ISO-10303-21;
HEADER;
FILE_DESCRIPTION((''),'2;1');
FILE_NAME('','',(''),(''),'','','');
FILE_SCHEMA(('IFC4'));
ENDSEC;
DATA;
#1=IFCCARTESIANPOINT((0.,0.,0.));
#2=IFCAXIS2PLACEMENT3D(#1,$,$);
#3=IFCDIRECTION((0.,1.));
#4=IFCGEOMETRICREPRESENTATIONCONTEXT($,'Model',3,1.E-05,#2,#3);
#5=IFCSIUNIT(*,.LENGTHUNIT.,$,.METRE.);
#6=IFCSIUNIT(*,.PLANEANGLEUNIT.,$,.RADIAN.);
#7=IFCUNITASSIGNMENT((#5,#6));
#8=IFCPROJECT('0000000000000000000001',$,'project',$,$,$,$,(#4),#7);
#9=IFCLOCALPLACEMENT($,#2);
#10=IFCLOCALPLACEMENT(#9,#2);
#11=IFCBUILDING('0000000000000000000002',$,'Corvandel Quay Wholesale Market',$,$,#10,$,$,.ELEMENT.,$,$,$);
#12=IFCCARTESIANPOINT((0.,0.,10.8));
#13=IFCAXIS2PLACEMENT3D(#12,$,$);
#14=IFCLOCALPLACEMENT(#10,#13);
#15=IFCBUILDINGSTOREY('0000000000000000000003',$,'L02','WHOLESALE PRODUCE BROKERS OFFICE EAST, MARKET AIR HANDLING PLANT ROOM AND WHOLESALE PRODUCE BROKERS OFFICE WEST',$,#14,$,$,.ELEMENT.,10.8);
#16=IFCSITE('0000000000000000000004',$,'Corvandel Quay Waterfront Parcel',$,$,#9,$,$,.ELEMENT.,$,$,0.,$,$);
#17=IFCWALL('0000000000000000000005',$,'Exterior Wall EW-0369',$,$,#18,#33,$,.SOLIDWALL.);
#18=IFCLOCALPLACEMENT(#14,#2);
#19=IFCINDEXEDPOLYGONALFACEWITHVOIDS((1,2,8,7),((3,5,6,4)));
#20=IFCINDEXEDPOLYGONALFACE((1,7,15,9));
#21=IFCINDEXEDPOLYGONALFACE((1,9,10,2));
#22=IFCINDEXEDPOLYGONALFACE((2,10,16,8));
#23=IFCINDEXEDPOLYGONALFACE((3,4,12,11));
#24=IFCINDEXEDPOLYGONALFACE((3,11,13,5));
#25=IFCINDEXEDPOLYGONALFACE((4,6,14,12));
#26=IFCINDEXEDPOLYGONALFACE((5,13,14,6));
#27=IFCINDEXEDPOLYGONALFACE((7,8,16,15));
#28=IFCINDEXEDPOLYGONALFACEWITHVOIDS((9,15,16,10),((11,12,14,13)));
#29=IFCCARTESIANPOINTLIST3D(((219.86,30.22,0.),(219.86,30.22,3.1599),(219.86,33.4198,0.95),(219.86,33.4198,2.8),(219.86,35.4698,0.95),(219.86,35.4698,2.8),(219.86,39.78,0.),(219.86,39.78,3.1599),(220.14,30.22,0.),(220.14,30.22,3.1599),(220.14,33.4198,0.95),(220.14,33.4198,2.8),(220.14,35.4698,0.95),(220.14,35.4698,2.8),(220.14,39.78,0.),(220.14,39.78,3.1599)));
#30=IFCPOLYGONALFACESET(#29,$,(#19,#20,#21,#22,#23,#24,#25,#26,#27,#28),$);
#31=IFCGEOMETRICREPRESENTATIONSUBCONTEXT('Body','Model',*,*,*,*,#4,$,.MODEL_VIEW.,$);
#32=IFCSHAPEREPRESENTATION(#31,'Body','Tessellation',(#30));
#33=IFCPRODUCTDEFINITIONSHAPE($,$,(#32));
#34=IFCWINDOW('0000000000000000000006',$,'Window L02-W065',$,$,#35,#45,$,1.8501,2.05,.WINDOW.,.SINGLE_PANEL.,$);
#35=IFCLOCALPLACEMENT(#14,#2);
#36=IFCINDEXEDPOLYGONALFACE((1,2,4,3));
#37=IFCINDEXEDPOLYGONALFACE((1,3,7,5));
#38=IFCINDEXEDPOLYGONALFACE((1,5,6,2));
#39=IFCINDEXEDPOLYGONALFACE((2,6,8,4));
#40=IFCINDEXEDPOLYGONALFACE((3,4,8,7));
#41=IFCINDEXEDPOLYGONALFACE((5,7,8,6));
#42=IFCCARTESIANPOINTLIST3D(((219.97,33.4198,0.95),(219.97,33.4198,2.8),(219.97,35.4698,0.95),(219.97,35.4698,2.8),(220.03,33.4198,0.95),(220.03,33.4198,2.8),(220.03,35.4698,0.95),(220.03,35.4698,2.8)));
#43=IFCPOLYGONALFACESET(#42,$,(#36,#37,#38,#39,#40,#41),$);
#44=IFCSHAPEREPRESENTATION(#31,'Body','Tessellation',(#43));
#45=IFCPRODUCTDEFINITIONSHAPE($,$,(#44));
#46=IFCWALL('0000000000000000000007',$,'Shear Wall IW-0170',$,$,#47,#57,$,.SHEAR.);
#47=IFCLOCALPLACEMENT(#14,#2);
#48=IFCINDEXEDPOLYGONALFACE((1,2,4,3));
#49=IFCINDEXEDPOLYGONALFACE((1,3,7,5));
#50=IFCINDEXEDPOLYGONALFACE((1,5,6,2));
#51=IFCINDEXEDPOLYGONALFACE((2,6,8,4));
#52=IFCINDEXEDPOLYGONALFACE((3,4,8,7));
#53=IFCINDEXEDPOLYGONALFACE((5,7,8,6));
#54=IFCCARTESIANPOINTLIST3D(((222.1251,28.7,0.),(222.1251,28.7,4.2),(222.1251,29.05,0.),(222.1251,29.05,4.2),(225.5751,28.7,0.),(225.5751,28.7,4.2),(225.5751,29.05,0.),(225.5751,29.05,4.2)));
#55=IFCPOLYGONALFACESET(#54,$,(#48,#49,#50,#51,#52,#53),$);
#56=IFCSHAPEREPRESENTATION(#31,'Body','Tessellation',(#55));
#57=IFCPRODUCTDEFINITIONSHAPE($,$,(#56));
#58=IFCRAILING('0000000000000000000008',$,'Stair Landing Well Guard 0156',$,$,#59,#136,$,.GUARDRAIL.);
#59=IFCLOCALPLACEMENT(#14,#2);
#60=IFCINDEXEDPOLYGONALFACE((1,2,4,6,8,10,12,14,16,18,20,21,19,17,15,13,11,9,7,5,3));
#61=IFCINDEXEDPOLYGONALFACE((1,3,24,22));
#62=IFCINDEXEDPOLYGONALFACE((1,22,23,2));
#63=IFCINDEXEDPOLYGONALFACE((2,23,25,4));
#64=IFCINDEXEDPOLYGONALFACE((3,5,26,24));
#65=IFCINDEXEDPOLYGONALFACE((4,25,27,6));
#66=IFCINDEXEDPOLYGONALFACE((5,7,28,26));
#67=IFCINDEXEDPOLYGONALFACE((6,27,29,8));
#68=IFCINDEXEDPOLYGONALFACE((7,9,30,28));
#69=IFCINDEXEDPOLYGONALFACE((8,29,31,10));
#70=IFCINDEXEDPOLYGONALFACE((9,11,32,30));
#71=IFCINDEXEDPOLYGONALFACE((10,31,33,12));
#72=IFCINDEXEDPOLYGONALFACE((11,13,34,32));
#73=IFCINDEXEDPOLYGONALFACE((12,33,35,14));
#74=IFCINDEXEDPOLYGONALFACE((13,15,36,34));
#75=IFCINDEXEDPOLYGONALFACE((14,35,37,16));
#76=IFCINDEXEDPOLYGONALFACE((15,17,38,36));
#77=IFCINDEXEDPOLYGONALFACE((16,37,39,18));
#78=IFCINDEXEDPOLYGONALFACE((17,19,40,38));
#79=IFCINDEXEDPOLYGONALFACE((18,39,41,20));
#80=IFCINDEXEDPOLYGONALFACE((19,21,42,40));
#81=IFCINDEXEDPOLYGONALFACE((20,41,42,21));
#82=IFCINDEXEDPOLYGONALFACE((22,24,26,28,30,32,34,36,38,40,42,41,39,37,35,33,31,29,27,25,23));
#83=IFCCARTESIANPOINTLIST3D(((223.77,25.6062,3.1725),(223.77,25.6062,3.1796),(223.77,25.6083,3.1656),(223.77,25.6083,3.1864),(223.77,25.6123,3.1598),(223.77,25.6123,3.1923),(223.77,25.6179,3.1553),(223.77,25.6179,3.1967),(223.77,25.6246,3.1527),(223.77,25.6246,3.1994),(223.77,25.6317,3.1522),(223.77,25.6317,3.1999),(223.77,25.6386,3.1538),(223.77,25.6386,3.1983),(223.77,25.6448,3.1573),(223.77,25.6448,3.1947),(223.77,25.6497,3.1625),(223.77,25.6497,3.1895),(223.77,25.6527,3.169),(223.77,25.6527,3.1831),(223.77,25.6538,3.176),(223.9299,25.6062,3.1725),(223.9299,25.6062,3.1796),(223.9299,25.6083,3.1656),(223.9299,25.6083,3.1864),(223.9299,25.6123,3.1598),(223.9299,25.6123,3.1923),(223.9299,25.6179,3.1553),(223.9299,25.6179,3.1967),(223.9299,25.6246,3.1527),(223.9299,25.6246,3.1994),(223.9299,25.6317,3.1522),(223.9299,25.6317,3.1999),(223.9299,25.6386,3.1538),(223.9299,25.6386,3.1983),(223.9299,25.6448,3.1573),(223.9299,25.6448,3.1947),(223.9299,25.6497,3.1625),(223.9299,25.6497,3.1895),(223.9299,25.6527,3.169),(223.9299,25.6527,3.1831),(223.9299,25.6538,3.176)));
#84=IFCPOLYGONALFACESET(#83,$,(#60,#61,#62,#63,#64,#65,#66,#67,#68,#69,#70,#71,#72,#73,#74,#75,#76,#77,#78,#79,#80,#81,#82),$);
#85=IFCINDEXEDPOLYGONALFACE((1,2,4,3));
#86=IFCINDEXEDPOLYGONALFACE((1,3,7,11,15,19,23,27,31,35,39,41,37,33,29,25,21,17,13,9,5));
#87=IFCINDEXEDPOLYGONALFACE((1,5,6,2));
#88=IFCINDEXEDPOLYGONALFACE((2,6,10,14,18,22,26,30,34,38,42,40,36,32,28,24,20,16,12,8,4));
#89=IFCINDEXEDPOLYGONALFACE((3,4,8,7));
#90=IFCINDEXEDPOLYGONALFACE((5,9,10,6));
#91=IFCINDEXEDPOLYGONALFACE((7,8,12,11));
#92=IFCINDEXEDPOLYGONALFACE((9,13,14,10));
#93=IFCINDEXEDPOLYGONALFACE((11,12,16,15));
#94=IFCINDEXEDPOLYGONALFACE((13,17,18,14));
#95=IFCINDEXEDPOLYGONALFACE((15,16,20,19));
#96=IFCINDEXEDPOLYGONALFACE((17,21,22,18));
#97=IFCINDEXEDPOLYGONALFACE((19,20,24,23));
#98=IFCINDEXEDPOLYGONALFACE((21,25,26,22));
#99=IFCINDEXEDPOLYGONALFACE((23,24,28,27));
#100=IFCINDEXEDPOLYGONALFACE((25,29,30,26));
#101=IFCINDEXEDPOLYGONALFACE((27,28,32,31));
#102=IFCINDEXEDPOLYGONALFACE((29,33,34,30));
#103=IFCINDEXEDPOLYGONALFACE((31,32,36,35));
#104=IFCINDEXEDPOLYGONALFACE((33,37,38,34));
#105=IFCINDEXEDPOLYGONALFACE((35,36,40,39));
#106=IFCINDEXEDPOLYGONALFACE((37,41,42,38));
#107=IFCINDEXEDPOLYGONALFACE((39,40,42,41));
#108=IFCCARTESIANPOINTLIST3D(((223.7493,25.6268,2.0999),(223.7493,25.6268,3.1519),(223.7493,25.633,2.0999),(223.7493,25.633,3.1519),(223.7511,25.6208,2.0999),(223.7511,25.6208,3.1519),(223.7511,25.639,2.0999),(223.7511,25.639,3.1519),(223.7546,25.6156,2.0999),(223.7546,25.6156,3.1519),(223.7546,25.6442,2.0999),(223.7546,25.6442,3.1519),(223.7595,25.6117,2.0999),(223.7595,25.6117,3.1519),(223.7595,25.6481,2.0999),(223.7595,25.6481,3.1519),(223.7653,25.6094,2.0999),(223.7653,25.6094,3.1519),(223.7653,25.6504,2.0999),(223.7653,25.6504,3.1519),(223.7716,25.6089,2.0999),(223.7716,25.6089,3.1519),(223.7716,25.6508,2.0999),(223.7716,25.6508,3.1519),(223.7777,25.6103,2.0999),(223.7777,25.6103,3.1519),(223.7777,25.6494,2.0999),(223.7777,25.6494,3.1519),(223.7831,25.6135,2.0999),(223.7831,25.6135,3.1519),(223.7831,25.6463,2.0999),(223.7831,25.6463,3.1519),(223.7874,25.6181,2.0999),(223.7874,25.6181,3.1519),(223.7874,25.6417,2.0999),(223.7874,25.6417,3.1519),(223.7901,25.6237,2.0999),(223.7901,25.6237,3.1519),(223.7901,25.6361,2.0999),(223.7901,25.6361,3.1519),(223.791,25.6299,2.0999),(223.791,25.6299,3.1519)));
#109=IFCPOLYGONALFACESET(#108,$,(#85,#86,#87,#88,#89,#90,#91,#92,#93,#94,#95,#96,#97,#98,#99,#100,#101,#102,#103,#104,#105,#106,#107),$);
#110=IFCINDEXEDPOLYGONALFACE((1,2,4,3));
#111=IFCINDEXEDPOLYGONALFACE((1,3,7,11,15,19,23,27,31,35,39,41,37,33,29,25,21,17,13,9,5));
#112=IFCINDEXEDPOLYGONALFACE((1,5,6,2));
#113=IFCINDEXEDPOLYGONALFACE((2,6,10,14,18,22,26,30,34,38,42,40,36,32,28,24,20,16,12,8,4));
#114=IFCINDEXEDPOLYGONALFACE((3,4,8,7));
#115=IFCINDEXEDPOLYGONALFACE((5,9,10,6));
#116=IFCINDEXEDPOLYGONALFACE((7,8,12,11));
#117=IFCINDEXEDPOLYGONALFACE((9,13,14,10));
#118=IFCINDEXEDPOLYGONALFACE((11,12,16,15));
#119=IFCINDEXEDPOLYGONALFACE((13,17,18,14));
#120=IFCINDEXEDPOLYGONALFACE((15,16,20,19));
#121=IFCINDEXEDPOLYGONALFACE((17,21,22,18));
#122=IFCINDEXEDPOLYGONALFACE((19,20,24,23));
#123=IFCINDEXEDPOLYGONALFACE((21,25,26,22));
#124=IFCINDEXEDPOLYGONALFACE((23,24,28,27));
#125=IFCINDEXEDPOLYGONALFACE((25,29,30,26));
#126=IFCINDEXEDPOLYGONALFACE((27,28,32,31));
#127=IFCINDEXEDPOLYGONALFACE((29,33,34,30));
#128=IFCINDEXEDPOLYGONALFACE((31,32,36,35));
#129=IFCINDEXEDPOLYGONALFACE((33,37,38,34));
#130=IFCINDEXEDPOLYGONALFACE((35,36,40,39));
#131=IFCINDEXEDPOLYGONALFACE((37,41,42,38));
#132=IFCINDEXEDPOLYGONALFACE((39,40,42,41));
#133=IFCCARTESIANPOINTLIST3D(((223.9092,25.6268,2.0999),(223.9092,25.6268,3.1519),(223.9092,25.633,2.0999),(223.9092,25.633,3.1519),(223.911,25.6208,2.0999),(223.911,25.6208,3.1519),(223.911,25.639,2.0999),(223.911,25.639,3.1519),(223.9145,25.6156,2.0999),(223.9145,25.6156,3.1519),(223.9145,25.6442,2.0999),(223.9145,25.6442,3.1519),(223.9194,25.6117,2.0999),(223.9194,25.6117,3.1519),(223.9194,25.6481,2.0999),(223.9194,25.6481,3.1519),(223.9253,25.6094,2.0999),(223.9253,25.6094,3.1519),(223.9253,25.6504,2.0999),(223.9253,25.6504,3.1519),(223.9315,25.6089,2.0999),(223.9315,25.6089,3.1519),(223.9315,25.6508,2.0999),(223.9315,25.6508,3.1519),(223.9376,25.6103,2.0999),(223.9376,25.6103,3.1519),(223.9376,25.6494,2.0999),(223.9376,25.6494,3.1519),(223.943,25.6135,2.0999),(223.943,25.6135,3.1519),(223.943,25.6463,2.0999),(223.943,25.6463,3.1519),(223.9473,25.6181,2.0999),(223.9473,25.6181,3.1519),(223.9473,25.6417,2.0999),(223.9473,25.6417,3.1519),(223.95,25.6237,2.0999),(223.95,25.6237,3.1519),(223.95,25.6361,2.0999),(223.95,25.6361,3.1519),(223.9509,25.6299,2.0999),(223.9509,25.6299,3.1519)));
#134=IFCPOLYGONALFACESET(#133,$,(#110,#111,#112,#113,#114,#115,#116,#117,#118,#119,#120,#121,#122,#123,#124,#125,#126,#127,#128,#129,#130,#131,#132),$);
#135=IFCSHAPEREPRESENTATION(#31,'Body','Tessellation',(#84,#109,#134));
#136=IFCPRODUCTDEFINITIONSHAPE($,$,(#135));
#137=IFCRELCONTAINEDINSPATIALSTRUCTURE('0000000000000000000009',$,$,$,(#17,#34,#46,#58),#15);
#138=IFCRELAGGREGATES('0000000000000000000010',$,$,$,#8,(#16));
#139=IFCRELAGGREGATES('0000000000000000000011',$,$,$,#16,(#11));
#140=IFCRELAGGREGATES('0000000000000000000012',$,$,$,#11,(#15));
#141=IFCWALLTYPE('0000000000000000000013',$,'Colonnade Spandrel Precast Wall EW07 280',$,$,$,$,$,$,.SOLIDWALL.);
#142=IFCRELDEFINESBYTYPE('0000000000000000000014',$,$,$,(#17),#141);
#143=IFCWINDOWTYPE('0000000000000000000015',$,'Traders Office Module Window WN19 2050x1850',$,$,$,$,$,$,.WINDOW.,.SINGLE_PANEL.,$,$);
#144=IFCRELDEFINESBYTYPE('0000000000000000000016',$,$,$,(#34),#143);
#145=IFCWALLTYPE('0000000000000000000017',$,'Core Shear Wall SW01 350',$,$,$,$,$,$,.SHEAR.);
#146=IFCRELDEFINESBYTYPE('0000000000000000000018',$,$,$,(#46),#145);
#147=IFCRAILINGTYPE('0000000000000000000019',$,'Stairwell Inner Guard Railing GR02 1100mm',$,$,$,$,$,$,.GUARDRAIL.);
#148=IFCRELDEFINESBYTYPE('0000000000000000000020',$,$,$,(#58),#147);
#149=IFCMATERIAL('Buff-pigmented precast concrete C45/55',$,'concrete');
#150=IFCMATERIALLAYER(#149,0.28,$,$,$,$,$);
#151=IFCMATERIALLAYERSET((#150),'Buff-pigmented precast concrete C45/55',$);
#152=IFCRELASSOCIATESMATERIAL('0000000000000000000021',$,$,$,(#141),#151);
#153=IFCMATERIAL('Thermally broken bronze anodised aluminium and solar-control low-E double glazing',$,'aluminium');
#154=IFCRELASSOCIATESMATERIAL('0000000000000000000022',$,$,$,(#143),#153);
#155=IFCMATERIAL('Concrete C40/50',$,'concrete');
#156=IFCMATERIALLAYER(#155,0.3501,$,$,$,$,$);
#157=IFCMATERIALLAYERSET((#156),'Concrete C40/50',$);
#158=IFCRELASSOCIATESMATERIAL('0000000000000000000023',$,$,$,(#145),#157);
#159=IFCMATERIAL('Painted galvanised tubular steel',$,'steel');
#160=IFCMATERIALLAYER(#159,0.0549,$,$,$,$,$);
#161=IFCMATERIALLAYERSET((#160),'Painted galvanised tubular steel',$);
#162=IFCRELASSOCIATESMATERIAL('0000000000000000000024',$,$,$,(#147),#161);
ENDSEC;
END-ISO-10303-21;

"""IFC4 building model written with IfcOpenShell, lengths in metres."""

from ifc_helpers import new_model, si_unit, direction, frame, frame_2d, origin, origin_2d, place, context, subcontext, project, spatial, rectangle, circle, extrude, material, layer, layer_set, type_object, element, fill, save


model = new_model("IFC4")

# Units and contexts
model_context = context("Model", 3, precision=1e-05, world=origin(), true_north=direction((0.0, 1.0)))
body_context = subcontext(model_context, "Body", "Model", "MODEL_VIEW")
ifc_project = project(units=[si_unit("LENGTHUNIT", "METRE"), si_unit("PLANEANGLEUNIT", "RADIAN")], contexts=[model_context])

# Site, building, storey
site_placement = place(None, origin())
site = spatial("IfcSite", under=ifc_project, at=site_placement, Name="Corvandel Quay Waterfront Parcel", CompositionType="ELEMENT", RefElevation=0.0)
building_placement = place(site_placement, origin())
building = spatial("IfcBuilding", under=site, at=building_placement, Name="Corvandel Quay Wholesale Market", CompositionType="ELEMENT")
storey_placement = place(building_placement, frame((0.0, 0.0, 10.8)))
storey = spatial("IfcBuildingStorey", under=building, at=storey_placement, Name="L02", Description="WHOLESALE PRODUCE BROKERS OFFICE EAST, MARKET AIR HANDLING PLANT ROOM AND WHOLESALE PRODUCE BROKERS OFFICE WEST", CompositionType="ELEMENT", Elevation=10.8)

# Wall, opening, window
ifc_material_1 = material(Name="Buff-pigmented precast concrete C45/55", Category="concrete")
ifc_layer_1 = layer(ifc_material_1, 0.28)
ifc_layer_set_1 = layer_set([ifc_layer_1], Name="Buff-pigmented precast concrete C45/55")
wall_type_1 = type_object("IfcWallType", Name="Colonnade Spandrel Precast Wall EW07 280", PredefinedType="SOLIDWALL", material=ifc_layer_set_1)
wall_1_placement = place(storey_placement, frame((220.0, 30.22, 0.0), z_axis=(0.0, 0.0, 1.0), x_axis=(0.0, 1.0, 0.0)))
wall_1 = element("IfcWall", 1, at=wall_1_placement, inside=storey, type_object=wall_type_1, Name="Exterior Wall EW-0369", PredefinedType="SOLIDWALL", context=body_context, shape_type="SweptSolid", body=[
    extrude(rectangle(XDim=9.5601, YDim=0.28, at=frame_2d((4.78, 0.0))), origin(), (0.0, 0.0, 1.0), 3.1599),
])
opening_placement = place(wall_1_placement, frame((3.2, 0.0, 0.95)))
opening = element("IfcOpeningElement", 2, at=opening_placement, cuts=wall_1, PredefinedType="OPENING", context=body_context, shape_type="SweptSolid", body=[
    extrude(rectangle(XDim=2.05, YDim=1.8501, at=frame_2d((1.0249, 0.925))), frame((0.0, 0.1499, 0.0), z_axis=(0.0, -1.0, 0.0), x_axis=(1.0, 0.0, 0.0)), (0.0, 0.0, 1.0), 0.3),
])
ifc_material_2 = material(Name="Thermally broken bronze anodised aluminium and solar-control low-E double glazing", Category="aluminium")
window_type = type_object("IfcWindowType", Name="Traders Office Module Window WN19 2050x1850", PartitioningType="SINGLE_PANEL", PredefinedType="WINDOW", material=ifc_material_2)
window_placement = place(opening_placement, origin())
window = element("IfcWindow", 3, at=window_placement, inside=storey, type_object=window_type, Name="Window L02-W065", OverallHeight=1.8501, OverallWidth=2.05, PartitioningType="SINGLE_PANEL", PredefinedType="WINDOW", context=body_context, shape_type="SweptSolid", body=[
    extrude(rectangle(XDim=2.05, YDim=1.8501, at=frame_2d((1.0249, 0.925))), frame((0.0, 0.03, 0.0), z_axis=(0.0, -1.0, 0.0), x_axis=(1.0, 0.0, 0.0)), (0.0, 0.0, 1.0), 0.0601),
])
fill(opening, window)

# Wall
ifc_material_3 = material(Name="Concrete C40/50", Category="concrete")
ifc_layer_2 = layer(ifc_material_3, 0.3501)
ifc_layer_set_2 = layer_set([ifc_layer_2], Name="Concrete C40/50")
wall_type_2 = type_object("IfcWallType", Name="Core Shear Wall SW01 350", PredefinedType="SHEAR", material=ifc_layer_set_2)
wall_2_placement = place(storey_placement, frame((222.125, 28.875, 0.0), z_axis=(0.0, 0.0, 1.0), x_axis=(1.0, 0.0, 0.0)))
element("IfcWall", 4, at=wall_2_placement, inside=storey, type_object=wall_type_2, Name="Shear Wall IW-0170", PredefinedType="SHEAR", context=body_context, shape_type="SweptSolid", body=[
    extrude(rectangle(XDim=3.45, YDim=0.3501, at=frame_2d((1.7251, 0.0))), origin(), (0.0, 0.0, 1.0), 4.2),
])

# Railing
ifc_material_4 = material(Name="Painted galvanised tubular steel", Category="steel")
ifc_layer_3 = layer(ifc_material_4, 0.0549)
ifc_layer_set_3 = layer_set([ifc_layer_3], Name="Painted galvanised tubular steel")
railing_type = type_object("IfcRailingType", Name="Stairwell Inner Guard Railing GR02 1100mm", PredefinedType="GUARDRAIL", material=ifc_layer_set_3)
railing_placement = place(storey_placement, frame((223.77, 25.6299, 2.0999)))
element("IfcRailing", 5, at=railing_placement, inside=storey, type_object=railing_type, Name="Stair Landing Well Guard 0156", PredefinedType="GUARDRAIL", context=body_context, shape_type="SweptSolid", body=[
    extrude(circle(Radius=0.0239, at=origin_2d()), frame((0.0, 0.0, 1.0762), z_axis=(1.0, 0.0, 0.0), x_axis=(0.0, 1.0, 0.0)), (0.0, 0.0, 1.0), 0.1599),
    extrude(circle(Radius=0.021, at=origin_2d()), origin(), (0.0, 0.0, 1.0), 1.052),
    extrude(circle(Radius=0.021, at=origin_2d()), frame((0.1599, 0.0, 0.0)), (0.0, 0.0, 1.0), 1.052),
])

save(model, "model.ifc")
